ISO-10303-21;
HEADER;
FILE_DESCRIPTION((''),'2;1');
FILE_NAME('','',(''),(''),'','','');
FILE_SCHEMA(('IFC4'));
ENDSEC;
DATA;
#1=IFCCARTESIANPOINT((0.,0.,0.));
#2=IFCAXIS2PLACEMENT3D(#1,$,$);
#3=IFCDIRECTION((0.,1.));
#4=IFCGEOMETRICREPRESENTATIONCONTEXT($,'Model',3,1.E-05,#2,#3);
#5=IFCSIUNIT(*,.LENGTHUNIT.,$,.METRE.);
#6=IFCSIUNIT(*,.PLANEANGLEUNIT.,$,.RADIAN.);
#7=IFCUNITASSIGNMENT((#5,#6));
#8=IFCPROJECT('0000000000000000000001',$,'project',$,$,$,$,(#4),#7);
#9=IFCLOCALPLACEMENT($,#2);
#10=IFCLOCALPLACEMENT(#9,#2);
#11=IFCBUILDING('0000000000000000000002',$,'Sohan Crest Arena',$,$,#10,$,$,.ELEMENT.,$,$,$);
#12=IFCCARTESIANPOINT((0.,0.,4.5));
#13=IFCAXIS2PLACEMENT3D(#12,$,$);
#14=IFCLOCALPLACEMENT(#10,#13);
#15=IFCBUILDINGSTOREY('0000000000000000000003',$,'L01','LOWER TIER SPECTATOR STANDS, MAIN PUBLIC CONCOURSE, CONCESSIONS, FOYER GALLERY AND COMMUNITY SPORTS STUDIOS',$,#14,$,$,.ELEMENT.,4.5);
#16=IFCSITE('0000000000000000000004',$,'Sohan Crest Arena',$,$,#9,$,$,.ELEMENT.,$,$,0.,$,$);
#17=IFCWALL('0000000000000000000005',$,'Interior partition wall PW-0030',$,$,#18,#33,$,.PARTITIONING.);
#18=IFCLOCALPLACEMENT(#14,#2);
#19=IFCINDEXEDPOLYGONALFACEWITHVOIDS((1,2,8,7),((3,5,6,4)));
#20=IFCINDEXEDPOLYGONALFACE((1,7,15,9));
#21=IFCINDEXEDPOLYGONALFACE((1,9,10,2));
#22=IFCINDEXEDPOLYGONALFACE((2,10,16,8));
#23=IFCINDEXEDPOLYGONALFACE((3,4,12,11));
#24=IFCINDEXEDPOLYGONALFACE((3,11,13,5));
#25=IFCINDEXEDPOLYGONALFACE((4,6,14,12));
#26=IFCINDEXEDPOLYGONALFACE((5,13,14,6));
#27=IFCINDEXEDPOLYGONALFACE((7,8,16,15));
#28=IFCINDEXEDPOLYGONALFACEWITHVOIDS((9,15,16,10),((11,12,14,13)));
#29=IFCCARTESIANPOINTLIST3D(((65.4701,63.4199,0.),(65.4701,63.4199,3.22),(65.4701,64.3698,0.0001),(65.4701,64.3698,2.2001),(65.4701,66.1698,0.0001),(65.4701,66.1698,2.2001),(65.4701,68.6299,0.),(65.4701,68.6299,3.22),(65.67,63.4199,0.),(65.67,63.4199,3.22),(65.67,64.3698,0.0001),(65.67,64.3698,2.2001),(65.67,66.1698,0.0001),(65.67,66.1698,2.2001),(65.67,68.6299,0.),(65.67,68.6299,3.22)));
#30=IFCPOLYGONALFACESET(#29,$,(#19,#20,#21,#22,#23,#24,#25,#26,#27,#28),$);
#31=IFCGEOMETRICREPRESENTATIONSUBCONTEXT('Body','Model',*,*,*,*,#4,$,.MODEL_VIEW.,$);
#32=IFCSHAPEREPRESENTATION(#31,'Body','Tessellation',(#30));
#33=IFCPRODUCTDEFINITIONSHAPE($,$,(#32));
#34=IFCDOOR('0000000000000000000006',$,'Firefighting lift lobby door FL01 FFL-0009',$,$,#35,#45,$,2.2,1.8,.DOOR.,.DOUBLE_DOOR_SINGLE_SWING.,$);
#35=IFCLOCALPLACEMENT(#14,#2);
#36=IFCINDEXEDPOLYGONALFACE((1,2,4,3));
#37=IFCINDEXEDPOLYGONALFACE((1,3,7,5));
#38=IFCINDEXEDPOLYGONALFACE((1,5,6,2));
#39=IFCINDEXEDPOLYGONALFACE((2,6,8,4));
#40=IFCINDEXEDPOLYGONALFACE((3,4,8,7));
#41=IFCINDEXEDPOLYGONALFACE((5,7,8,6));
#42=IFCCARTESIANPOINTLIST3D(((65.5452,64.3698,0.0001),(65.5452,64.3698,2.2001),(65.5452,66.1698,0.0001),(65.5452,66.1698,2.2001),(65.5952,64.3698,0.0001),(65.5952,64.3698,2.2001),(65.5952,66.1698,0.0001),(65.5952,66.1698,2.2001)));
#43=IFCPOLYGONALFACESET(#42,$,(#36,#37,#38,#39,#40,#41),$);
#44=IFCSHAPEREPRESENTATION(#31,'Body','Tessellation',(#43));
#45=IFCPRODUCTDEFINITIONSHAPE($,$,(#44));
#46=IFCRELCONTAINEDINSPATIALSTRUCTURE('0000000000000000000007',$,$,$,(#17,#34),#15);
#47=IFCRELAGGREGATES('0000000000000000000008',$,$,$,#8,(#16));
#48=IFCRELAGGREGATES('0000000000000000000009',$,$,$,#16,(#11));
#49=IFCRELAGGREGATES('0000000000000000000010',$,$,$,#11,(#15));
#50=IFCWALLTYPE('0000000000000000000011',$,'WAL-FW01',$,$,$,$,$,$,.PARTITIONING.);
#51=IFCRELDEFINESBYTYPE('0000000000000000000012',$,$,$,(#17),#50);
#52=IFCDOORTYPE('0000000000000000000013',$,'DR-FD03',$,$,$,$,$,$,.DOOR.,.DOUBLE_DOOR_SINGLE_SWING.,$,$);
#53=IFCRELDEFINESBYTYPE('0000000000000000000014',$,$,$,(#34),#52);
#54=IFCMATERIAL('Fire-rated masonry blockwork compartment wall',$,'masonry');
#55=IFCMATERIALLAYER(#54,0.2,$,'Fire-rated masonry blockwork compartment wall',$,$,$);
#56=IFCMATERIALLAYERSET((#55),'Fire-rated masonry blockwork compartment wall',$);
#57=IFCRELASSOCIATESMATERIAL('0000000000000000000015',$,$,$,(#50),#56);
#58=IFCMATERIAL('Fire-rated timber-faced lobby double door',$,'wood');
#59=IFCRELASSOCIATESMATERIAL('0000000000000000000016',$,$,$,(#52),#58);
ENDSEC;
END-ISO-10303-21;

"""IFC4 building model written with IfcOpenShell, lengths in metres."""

from ifc_helpers import new_model, si_unit, direction, frame, frame_2d, origin, place, context, subcontext, project, spatial, rectangle, extrude, material, layer, layer_set, type_object, element, fill, save


model = new_model("IFC4")

# Units and contexts
model_context = context("Model", 3, precision=1e-05, world=origin(), true_north=direction((0.0, 1.0)))
body_context = subcontext(model_context, "Body", "Model", "MODEL_VIEW")
ifc_project = project(units=[si_unit("LENGTHUNIT", "METRE"), si_unit("PLANEANGLEUNIT", "RADIAN")], contexts=[model_context])

# Site, building, storey
site_placement = place(None, origin())
site = spatial("IfcSite", under=ifc_project, at=site_placement, Name="Sohan Crest Arena", CompositionType="ELEMENT", RefElevation=0.0)
building_placement = place(site_placement, origin())
building = spatial("IfcBuilding", under=site, at=building_placement, Name="Sohan Crest Arena", CompositionType="ELEMENT")
storey_placement = place(building_placement, frame((0.0, 0.0, 4.5)))
storey = spatial("IfcBuildingStorey", under=building, at=storey_placement, Name="L01", Description="LOWER TIER SPECTATOR STANDS, MAIN PUBLIC CONCOURSE, CONCESSIONS, FOYER GALLERY AND COMMUNITY SPORTS STUDIOS", CompositionType="ELEMENT", Elevation=4.5)

# Wall, opening, door
ifc_material_1 = material(Name="Fire-rated masonry blockwork compartment wall", Category="masonry")
ifc_layer_1 = layer(ifc_material_1, 0.2, Name="Fire-rated masonry blockwork compartment wall")
ifc_layer_set_1 = layer_set([ifc_layer_1], Name="Fire-rated masonry blockwork compartment wall")
wall_type_1 = type_object("IfcWallType", Name="WAL-FW01", PredefinedType="PARTITIONING", material=ifc_layer_set_1)
wall_1_placement = place(storey_placement, frame((65.5701, 63.4199, 0.0), z_axis=(0.0, 0.0, 1.0), x_axis=(0.0, 1.0, 0.0)))
wall_1 = element("IfcWall", 1, at=wall_1_placement, inside=storey, type_object=wall_type_1, Name="Interior partition wall PW-0030", PredefinedType="PARTITIONING", context=body_context, shape_type="SweptSolid", body=[
    extrude(rectangle(XDim=5.21, YDim=0.2, at=frame_2d((2.605, 0.0))), origin(), (0.0, 0.0, 1.0), 3.22),
])
opening_placement = place(wall_1_placement, frame((0.95, 0.0, 0.0)))
opening = element("IfcOpeningElement", 2, at=opening_placement, cuts=wall_1, PredefinedType="OPENING", context=body_context, shape_type="SweptSolid", body=[
    extrude(rectangle(XDim=1.8, YDim=2.2, at=frame_2d((0.8999, 1.1001))), frame((0.0, 0.1099, 0.0), z_axis=(0.0, -1.0, 0.0), x_axis=(1.0, 0.0, 0.0)), (0.0, 0.0, 1.0), 0.22),
])
ifc_material_2 = material(Name="Fire-rated timber-faced lobby double door", Category="wood")
door_type = type_object("IfcDoorType", Name="DR-FD03", OperationType="DOUBLE_DOOR_SINGLE_SWING", PredefinedType="DOOR", material=ifc_material_2)
door_placement = place(opening_placement, origin())
door = element("IfcDoor", 3, at=door_placement, inside=storey, type_object=door_type, Name="Firefighting lift lobby door FL01 FFL-0009", OperationType="DOUBLE_DOOR_SINGLE_SWING", OverallHeight=2.2, OverallWidth=1.8, PredefinedType="DOOR", context=body_context, shape_type="SweptSolid", body=[
    extrude(rectangle(XDim=1.8, YDim=2.2, at=frame_2d((0.8999, 1.1001))), frame((0.0, 0.0249, 0.0), z_axis=(0.0, -1.0, 0.0), x_axis=(1.0, 0.0, 0.0)), (0.0, 0.0, 1.0), 0.05),
])
fill(opening, door)

save(model, "model.ifc")
